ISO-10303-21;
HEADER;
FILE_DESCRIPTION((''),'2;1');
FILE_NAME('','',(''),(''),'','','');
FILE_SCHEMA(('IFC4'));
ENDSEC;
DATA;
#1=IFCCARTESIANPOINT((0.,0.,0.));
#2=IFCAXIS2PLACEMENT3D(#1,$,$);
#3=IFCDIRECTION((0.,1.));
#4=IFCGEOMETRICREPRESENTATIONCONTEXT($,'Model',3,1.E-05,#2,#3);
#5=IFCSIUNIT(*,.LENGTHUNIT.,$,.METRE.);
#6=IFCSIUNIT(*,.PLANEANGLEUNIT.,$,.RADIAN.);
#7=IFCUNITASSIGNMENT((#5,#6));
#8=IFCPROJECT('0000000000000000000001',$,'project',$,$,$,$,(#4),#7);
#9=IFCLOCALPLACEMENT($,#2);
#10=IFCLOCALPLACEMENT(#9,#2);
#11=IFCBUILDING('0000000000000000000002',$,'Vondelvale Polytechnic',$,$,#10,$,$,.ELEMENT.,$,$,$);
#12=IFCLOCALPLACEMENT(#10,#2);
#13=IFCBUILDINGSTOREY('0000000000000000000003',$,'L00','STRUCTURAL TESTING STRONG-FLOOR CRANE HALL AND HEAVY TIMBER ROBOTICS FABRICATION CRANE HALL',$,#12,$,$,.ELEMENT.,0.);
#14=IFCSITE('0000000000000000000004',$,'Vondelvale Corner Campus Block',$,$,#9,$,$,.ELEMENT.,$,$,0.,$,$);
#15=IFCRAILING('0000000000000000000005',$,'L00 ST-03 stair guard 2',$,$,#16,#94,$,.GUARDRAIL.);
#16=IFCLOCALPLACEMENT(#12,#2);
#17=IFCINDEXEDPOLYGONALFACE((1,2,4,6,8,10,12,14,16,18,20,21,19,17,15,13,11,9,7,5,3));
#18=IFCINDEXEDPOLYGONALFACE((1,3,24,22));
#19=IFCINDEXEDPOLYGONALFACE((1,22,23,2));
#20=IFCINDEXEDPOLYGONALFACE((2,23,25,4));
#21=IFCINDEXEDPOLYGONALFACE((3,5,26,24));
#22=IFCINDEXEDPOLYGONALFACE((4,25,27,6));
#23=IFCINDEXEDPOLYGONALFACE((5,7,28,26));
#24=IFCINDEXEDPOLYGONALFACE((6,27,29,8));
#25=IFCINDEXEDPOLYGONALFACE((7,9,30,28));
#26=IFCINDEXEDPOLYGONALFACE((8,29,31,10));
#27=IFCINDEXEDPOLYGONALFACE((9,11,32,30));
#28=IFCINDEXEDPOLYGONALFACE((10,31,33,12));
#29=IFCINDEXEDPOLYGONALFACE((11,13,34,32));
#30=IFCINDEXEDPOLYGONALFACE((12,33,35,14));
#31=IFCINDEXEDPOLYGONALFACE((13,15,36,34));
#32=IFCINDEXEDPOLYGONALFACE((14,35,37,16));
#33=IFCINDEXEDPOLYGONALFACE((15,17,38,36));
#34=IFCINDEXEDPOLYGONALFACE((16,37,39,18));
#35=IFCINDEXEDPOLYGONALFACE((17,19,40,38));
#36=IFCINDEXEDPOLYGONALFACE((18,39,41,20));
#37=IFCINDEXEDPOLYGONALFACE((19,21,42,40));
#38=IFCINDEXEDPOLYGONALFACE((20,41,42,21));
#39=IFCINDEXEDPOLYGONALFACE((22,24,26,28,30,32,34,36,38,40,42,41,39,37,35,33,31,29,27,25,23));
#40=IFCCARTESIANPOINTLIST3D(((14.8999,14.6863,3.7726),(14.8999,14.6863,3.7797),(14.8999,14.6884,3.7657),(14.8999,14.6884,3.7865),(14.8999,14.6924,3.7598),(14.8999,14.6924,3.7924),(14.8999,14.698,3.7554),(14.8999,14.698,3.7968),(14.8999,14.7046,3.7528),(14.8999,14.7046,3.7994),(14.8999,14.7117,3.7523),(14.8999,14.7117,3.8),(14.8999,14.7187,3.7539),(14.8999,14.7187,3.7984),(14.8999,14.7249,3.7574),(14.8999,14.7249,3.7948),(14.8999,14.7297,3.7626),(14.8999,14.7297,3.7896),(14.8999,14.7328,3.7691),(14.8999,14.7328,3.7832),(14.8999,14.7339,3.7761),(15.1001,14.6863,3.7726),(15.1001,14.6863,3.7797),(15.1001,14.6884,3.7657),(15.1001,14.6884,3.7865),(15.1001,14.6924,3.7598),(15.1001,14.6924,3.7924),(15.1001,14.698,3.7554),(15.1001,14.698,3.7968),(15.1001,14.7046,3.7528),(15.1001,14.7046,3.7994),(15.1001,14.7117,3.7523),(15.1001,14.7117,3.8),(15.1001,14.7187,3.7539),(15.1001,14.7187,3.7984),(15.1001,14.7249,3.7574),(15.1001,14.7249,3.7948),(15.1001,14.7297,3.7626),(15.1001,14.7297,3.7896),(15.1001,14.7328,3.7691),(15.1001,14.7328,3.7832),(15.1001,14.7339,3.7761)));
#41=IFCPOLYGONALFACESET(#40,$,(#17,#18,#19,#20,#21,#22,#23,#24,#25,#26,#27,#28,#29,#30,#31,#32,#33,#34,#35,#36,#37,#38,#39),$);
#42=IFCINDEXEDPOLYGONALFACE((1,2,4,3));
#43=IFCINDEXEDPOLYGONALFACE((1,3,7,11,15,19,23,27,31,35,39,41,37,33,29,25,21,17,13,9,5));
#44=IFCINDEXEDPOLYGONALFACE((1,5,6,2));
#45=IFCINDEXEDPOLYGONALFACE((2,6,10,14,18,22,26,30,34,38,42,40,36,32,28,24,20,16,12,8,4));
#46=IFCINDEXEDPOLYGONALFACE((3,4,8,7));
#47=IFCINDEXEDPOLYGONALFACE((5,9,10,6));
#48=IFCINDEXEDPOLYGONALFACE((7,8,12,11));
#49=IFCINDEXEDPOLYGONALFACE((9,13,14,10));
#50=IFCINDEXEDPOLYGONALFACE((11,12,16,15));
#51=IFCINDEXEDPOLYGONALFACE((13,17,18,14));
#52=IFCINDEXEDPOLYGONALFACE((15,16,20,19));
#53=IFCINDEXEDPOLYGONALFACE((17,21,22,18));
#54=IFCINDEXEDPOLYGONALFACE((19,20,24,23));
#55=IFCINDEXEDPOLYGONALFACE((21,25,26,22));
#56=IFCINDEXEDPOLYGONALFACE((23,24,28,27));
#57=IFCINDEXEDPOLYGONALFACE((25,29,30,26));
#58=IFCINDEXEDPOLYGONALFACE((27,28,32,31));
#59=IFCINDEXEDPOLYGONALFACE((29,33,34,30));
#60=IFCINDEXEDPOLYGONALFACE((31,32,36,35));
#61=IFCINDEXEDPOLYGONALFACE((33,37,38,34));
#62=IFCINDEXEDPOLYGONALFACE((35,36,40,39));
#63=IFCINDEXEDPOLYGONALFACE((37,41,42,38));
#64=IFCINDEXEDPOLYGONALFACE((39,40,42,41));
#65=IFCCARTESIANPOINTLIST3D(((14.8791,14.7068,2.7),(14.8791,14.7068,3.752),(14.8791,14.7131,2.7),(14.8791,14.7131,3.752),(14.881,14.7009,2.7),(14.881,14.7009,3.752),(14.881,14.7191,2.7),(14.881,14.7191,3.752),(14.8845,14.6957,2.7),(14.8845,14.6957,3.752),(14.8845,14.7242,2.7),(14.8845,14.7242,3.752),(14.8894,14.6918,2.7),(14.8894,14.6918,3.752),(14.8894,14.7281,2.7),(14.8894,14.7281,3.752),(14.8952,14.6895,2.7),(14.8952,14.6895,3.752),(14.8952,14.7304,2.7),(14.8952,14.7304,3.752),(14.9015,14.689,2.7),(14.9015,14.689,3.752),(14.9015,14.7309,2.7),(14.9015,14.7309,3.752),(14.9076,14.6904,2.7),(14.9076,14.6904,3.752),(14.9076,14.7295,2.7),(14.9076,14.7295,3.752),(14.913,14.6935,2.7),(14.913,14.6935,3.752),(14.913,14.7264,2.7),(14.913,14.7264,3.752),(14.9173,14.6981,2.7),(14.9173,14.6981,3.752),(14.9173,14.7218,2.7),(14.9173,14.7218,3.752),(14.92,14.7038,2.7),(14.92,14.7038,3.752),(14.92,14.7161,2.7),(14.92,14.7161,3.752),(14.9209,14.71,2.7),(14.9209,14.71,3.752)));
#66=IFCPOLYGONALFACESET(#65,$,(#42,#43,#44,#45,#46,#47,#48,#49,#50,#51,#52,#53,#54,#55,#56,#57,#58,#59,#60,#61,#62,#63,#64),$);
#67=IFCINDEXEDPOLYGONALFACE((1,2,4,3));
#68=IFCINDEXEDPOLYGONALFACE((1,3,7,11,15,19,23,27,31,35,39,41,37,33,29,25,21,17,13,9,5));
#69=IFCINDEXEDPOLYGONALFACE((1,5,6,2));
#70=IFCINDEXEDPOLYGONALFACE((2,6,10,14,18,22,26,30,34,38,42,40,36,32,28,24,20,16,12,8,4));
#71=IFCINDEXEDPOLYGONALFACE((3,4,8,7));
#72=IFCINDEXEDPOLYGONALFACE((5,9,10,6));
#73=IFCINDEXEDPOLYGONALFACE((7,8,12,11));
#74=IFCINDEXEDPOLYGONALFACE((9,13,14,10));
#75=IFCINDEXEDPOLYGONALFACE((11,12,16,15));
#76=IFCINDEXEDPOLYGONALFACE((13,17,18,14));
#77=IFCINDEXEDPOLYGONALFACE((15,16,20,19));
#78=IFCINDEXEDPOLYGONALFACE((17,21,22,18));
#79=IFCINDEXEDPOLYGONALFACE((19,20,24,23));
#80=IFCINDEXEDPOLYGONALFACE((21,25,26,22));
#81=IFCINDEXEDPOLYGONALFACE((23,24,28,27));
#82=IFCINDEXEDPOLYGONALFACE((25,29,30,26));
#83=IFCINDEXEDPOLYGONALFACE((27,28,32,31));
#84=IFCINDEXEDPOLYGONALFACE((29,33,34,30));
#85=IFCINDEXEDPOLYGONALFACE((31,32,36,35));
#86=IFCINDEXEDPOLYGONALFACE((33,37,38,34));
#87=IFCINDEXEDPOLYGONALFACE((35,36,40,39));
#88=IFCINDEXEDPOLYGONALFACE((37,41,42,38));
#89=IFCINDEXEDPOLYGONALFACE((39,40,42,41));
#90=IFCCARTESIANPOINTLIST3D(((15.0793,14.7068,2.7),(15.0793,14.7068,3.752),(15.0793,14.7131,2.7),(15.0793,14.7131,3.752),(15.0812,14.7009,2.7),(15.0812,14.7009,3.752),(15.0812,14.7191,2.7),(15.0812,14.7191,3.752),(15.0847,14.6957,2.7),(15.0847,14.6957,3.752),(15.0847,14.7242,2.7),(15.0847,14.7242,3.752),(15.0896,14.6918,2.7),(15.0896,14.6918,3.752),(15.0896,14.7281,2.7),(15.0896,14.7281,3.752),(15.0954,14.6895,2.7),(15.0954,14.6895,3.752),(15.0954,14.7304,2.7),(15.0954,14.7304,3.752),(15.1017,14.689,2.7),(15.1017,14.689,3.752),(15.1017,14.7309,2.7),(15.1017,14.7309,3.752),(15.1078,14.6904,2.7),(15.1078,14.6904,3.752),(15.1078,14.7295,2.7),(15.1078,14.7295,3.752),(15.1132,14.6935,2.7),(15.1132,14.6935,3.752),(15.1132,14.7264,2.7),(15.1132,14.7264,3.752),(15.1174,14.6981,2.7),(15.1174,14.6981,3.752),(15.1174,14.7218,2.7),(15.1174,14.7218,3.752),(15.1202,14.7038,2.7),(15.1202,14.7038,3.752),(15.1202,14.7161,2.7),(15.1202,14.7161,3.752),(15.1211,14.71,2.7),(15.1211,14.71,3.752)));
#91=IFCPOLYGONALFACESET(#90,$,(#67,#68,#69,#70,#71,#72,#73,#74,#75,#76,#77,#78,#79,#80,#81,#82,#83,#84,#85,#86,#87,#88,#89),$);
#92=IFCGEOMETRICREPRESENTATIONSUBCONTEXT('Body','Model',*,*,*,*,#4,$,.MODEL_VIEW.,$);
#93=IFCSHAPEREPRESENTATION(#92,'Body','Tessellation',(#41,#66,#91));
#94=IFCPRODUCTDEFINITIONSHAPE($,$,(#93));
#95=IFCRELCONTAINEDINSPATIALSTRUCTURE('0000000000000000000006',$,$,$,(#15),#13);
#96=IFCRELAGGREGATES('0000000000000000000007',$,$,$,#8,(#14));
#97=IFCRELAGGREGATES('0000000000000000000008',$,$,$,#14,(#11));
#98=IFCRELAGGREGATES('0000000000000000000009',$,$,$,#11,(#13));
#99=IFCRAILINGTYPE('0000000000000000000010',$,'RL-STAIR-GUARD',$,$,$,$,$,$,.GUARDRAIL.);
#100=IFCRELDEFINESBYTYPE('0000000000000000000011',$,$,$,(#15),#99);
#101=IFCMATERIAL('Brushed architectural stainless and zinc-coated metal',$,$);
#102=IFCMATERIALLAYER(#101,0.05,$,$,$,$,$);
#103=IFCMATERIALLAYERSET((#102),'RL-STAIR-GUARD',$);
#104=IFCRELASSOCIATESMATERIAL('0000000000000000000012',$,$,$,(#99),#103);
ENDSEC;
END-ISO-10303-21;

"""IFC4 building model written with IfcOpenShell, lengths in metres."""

from ifc_helpers import new_model, si_unit, direction, frame, origin, origin_2d, place, context, subcontext, project, spatial, circle, extrude, material, layer, layer_set, type_object, element, save


model = new_model("IFC4")

# Units and contexts
model_context = context("Model", 3, precision=1e-05, world=origin(), true_north=direction((0.0, 1.0)))
body_context = subcontext(model_context, "Body", "Model", "MODEL_VIEW")
ifc_project = project(units=[si_unit("LENGTHUNIT", "METRE"), si_unit("PLANEANGLEUNIT", "RADIAN")], contexts=[model_context])

# Site, building, storey
site_placement = place(None, origin())
site = spatial("IfcSite", under=ifc_project, at=site_placement, Name="Vondelvale Corner Campus Block", CompositionType="ELEMENT", RefElevation=0.0)
building_placement = place(site_placement, origin())
building = spatial("IfcBuilding", under=site, at=building_placement, Name="Vondelvale Polytechnic", CompositionType="ELEMENT")
storey_placement = place(building_placement, origin())
storey = spatial("IfcBuildingStorey", under=building, at=storey_placement, Name="L00", Description="STRUCTURAL TESTING STRONG-FLOOR CRANE HALL AND HEAVY TIMBER ROBOTICS FABRICATION CRANE HALL", CompositionType="ELEMENT", Elevation=0.0)

# Shared definitions
ifc_material_1 = material(Name="Brushed architectural stainless and zinc-coated metal")

# Railing
ifc_layer_1 = layer(ifc_material_1, 0.05)
ifc_layer_set_1 = layer_set([ifc_layer_1], Name="RL-STAIR-GUARD")
railing_type_1 = type_object("IfcRailingType", Name="RL-STAIR-GUARD", PredefinedType="GUARDRAIL", material=ifc_layer_set_1)
railing_1_placement = place(storey_placement, frame((14.8999, 14.71, 2.7)))
element("IfcRailing", 1, at=railing_1_placement, inside=storey, type_object=railing_type_1, Name="L00 ST-03 stair guard 2", PredefinedType="GUARDRAIL", context=body_context, shape_type="SweptSolid", body=[
    extrude(circle(Radius=0.0239, at=origin_2d()), frame((0.0, 0.0, 1.0762), z_axis=(1.0, 0.0, 0.0), x_axis=(0.0, 1.0, 0.0)), (0.0, 0.0, 1.0), 0.2002),
    extrude(circle(Radius=0.021, at=origin_2d()), origin(), (0.0, 0.0, 1.0), 1.052),
    extrude(circle(Radius=0.021, at=origin_2d()), frame((0.2002, 0.0, 0.0)), (0.0, 0.0, 1.0), 1.052),
])

save(model, "model.ifc")
